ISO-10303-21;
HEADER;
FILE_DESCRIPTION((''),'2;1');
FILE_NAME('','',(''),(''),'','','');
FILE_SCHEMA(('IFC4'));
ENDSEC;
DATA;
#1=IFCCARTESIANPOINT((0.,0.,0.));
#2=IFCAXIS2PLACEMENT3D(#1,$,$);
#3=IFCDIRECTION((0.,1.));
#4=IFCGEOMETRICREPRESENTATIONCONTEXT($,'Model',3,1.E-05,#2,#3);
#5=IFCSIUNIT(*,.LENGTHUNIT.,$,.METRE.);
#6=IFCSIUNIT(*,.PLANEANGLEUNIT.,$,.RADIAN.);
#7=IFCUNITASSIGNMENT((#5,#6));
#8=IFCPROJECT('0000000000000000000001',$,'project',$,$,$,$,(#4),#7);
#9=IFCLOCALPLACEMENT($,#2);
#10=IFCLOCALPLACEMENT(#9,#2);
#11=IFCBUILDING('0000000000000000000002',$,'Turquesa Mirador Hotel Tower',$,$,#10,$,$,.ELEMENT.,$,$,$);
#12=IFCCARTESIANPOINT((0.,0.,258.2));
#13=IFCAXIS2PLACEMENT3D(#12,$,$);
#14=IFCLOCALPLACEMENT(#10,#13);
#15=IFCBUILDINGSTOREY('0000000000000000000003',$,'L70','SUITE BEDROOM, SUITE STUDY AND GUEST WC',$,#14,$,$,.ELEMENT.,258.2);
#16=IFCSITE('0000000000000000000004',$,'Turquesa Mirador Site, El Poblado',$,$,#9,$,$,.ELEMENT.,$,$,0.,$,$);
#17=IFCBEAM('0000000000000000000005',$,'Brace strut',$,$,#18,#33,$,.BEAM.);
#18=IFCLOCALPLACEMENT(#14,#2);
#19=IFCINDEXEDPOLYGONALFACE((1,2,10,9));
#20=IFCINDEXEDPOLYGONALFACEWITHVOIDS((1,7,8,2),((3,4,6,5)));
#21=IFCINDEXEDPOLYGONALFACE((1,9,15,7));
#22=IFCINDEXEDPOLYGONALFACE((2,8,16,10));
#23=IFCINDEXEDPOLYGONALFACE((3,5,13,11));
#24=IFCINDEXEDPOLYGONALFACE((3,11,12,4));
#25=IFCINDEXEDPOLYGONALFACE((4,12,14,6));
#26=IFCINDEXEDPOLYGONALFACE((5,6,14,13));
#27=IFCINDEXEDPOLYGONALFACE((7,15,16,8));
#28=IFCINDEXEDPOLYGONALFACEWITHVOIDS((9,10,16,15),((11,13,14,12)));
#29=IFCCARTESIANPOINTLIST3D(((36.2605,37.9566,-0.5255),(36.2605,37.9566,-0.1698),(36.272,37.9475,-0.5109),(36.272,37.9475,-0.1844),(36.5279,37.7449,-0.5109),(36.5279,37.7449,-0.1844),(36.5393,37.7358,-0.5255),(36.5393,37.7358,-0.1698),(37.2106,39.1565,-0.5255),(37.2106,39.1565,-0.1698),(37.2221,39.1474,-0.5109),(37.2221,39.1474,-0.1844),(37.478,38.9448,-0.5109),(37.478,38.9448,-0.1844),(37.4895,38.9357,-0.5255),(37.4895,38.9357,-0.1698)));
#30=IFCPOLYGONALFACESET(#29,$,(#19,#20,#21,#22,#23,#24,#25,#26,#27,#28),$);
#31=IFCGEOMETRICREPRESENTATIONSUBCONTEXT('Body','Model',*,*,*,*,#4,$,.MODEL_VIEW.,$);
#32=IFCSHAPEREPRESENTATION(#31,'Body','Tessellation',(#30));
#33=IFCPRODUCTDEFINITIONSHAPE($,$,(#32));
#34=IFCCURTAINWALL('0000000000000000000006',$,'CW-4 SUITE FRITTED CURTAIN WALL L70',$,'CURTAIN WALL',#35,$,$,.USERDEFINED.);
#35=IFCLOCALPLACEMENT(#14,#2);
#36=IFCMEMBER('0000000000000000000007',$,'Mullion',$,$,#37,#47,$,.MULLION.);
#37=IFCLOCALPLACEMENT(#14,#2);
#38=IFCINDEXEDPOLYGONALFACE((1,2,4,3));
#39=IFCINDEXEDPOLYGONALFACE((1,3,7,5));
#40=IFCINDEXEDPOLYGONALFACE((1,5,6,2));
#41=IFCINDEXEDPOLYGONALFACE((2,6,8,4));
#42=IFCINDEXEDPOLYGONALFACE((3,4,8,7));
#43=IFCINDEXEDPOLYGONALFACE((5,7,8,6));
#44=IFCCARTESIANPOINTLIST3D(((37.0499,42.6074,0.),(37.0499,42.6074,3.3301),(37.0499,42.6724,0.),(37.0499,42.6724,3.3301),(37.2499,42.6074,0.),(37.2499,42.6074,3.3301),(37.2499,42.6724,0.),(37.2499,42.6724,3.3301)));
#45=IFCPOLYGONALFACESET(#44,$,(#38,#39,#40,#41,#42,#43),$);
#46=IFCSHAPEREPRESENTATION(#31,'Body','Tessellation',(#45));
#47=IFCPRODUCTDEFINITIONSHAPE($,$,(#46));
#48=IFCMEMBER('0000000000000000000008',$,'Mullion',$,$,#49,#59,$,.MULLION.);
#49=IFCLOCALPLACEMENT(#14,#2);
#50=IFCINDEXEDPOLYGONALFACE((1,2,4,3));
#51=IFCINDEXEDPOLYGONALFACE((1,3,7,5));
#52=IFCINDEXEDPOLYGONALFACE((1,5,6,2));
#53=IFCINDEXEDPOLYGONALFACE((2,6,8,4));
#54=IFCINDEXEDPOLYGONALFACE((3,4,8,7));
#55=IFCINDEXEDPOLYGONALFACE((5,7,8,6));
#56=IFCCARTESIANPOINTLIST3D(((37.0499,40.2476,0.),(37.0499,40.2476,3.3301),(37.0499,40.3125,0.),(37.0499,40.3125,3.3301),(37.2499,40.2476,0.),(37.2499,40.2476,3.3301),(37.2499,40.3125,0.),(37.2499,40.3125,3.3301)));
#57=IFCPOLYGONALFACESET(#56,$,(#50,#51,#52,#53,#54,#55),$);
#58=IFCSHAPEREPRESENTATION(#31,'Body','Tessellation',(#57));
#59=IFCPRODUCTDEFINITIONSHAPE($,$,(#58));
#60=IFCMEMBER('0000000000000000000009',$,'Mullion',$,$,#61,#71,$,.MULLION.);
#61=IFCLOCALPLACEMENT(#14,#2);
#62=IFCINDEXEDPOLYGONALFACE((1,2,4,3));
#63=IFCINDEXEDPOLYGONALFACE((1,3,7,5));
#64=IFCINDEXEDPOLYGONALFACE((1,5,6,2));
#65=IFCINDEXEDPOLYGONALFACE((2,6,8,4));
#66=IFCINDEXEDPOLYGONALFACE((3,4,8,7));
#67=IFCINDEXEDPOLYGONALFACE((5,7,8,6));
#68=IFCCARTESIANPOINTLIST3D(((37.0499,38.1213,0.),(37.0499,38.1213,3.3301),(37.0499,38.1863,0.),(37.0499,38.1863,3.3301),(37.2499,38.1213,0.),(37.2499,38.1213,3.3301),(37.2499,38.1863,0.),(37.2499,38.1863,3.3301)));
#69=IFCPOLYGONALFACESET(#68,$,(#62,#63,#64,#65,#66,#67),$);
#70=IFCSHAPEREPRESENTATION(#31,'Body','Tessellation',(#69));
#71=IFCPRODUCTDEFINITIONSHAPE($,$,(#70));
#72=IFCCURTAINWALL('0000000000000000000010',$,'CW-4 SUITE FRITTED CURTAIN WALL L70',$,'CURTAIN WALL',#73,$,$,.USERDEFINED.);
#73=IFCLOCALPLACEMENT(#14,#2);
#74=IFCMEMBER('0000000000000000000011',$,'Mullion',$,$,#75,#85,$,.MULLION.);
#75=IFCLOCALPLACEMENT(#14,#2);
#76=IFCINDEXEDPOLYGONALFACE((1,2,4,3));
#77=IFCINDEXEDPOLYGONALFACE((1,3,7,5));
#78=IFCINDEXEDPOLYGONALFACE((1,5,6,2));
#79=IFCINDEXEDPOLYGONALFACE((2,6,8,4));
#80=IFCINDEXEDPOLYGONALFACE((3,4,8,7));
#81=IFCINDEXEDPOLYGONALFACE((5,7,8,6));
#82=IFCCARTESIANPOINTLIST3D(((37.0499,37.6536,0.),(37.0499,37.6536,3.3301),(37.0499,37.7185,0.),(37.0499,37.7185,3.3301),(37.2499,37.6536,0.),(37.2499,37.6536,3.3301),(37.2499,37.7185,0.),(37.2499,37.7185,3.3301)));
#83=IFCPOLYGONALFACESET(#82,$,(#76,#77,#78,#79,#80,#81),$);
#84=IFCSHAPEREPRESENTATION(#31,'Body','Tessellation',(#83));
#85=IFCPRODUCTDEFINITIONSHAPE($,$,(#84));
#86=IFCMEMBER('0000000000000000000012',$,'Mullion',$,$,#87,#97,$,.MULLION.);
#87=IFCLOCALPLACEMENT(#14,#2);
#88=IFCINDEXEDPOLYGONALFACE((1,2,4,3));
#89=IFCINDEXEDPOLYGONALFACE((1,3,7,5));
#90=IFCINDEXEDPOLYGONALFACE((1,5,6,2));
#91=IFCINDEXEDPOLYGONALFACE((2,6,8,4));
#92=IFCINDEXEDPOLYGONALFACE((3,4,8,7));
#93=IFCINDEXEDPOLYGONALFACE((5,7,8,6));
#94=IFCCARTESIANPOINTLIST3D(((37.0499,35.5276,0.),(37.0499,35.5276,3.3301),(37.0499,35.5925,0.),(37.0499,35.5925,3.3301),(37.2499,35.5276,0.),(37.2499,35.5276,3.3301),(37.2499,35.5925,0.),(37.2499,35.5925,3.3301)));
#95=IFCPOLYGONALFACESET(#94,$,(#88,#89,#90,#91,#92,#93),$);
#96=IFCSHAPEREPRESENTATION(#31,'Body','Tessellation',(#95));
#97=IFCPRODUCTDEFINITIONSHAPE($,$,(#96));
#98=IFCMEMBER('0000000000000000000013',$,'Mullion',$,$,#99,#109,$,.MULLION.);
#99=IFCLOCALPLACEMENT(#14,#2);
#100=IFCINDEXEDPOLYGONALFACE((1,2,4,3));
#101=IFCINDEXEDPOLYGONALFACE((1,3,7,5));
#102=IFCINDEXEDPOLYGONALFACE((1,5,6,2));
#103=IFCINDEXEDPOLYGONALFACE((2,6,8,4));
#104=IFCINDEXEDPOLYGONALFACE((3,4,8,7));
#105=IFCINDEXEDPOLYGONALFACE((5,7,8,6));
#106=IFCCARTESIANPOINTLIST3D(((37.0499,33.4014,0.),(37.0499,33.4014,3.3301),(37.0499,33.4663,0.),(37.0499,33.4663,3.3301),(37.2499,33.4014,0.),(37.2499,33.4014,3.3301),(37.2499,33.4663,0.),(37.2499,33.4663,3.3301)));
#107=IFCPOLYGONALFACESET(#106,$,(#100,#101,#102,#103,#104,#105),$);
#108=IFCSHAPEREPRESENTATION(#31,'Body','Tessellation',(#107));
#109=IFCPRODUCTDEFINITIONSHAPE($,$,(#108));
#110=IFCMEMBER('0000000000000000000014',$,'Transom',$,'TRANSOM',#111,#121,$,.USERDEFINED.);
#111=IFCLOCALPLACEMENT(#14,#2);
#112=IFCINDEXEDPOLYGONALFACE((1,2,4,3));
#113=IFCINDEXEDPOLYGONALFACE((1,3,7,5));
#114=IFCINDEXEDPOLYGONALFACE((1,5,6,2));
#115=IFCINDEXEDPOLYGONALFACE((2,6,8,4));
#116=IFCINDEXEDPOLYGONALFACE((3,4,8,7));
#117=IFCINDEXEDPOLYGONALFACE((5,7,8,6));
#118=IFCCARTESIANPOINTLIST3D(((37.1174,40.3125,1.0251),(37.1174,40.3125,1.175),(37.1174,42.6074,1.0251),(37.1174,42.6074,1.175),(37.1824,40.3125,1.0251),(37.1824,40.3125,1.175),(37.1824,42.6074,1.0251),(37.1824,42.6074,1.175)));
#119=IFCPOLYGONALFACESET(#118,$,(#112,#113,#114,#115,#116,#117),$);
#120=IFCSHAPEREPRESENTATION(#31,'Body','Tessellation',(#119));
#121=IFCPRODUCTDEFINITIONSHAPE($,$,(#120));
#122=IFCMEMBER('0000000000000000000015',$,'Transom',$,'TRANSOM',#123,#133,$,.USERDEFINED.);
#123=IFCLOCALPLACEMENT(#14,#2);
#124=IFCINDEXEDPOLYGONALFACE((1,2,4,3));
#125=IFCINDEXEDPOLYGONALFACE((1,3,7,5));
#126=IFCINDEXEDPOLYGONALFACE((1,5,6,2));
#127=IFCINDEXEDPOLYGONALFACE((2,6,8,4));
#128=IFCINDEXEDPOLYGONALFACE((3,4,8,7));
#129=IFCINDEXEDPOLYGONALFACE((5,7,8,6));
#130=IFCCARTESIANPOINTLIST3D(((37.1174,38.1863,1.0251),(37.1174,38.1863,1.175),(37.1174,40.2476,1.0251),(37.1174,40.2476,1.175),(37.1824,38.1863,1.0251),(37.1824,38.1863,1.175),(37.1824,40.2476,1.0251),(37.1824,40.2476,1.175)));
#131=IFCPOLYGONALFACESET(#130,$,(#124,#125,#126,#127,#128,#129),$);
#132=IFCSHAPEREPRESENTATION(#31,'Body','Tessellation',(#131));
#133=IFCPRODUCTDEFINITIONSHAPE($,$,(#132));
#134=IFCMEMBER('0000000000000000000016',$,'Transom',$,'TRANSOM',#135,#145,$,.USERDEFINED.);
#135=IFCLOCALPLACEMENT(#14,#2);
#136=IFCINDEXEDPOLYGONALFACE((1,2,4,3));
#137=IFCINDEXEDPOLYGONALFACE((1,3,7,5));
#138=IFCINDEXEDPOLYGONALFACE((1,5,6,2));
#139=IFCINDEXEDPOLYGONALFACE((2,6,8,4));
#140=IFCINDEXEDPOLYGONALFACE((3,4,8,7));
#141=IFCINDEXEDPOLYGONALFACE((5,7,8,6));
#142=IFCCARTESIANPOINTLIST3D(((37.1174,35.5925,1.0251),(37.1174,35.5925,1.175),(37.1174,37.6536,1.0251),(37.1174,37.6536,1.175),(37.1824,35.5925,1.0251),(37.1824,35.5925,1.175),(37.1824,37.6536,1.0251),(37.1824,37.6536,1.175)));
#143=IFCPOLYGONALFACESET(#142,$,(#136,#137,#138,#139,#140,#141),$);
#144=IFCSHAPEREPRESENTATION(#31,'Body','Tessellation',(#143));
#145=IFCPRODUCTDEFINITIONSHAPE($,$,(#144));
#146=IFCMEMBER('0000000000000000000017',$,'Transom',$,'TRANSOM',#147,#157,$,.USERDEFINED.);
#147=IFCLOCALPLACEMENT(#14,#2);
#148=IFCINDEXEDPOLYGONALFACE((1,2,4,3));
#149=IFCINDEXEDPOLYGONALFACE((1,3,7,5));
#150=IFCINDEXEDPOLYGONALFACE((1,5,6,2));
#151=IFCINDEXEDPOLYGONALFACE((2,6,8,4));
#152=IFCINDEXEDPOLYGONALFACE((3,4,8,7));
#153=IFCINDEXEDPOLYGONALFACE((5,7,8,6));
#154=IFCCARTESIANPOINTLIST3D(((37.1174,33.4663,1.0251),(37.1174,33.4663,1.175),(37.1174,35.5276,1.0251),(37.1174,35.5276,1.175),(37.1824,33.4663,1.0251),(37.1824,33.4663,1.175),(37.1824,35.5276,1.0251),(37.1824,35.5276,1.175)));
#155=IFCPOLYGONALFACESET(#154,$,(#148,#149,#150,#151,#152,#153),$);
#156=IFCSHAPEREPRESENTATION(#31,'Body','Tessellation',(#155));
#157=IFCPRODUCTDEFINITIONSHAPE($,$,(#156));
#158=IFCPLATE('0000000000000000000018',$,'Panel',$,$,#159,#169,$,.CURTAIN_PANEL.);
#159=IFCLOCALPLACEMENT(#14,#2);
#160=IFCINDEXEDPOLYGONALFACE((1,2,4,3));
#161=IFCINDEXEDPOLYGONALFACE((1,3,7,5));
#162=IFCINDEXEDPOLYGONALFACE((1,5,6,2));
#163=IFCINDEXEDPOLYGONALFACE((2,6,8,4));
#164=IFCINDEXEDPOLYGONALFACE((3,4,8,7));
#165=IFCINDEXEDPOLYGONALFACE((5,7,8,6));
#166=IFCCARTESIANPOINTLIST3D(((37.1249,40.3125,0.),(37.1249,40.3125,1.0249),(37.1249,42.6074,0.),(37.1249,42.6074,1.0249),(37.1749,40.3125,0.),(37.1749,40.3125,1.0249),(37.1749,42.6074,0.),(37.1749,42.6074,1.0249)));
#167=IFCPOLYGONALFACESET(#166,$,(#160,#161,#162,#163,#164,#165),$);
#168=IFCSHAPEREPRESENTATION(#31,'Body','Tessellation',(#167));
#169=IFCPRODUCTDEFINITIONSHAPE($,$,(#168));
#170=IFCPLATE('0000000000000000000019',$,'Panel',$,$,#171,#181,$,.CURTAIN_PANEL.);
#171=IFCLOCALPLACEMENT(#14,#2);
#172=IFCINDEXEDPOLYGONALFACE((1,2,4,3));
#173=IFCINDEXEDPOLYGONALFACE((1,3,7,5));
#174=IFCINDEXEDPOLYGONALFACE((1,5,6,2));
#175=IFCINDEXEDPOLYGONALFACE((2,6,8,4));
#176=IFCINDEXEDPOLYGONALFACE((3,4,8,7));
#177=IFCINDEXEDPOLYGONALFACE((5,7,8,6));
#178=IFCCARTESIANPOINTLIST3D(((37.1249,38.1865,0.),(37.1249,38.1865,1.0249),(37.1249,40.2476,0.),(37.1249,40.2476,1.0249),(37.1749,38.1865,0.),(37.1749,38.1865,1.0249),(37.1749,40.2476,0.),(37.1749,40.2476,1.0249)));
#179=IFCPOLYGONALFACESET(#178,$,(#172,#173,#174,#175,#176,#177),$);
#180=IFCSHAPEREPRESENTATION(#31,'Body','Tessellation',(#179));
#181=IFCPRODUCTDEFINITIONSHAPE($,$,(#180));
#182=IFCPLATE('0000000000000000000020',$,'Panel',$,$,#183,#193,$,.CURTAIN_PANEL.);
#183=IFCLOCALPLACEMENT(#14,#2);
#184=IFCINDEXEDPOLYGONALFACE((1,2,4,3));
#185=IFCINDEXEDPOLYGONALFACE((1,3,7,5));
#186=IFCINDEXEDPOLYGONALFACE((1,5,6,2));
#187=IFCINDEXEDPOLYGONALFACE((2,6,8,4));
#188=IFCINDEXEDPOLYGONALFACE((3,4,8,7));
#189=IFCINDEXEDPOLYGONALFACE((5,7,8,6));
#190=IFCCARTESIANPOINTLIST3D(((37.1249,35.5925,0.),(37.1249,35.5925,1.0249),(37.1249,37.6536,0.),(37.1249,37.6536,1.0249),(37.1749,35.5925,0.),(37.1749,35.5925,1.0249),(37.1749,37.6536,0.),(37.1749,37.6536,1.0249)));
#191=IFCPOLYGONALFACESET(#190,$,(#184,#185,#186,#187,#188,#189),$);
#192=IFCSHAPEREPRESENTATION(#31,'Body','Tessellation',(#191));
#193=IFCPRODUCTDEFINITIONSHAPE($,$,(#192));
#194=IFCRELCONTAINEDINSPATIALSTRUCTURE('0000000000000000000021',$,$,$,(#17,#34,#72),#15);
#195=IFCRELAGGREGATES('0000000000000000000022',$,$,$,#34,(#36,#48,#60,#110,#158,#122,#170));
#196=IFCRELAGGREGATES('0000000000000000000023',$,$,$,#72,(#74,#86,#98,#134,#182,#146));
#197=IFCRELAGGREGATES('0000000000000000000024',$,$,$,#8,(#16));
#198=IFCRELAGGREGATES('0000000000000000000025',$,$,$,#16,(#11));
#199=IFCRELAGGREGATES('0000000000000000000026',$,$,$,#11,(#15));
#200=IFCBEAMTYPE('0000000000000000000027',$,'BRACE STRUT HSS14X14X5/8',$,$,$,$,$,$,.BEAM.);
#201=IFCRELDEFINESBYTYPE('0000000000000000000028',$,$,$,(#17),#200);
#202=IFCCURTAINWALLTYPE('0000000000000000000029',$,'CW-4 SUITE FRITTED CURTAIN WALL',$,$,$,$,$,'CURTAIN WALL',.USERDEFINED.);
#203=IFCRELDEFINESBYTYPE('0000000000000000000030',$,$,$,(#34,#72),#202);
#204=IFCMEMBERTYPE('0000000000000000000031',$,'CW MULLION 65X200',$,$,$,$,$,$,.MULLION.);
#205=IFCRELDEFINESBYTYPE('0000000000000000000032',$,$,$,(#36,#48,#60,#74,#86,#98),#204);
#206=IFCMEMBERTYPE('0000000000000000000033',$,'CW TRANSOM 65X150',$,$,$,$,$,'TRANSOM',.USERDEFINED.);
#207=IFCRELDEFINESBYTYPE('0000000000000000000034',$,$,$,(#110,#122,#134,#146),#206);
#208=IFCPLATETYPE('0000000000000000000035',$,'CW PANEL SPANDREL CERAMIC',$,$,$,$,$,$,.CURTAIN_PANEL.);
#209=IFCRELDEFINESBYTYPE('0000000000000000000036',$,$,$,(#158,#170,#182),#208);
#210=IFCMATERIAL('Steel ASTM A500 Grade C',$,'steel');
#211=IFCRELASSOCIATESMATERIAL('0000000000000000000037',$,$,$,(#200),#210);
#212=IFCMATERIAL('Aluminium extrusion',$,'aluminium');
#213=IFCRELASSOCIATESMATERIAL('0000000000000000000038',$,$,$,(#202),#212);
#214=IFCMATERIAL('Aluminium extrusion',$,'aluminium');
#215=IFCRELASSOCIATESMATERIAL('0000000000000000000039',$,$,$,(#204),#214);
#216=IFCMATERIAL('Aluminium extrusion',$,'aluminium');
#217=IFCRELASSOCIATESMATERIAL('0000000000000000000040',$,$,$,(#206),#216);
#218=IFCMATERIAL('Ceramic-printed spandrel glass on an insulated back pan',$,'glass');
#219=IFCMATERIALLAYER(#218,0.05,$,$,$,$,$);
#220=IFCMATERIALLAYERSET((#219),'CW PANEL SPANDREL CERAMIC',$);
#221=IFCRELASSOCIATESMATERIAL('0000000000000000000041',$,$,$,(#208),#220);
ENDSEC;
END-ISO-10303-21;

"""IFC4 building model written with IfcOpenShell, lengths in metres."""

from ifc_helpers import new_model, si_unit, direction, frame, origin, origin_2d, place, context, subcontext, project, spatial, rectangle, hollow_rectangle, extrude, material, layer, layer_set, material_profile, profile_set, type_object, element, aggregate, save


model = new_model("IFC4")

# Units and contexts
model_context = context("Model", 3, precision=1e-05, world=origin(), true_north=direction((0.0, 1.0)))
body_context = subcontext(model_context, "Body", "Model", "MODEL_VIEW")
ifc_project = project(units=[si_unit("LENGTHUNIT", "METRE"), si_unit("PLANEANGLEUNIT", "RADIAN")], contexts=[model_context])

# Site, building, storey
site_placement = place(None, origin())
site = spatial("IfcSite", under=ifc_project, at=site_placement, Name="Turquesa Mirador Site, El Poblado", CompositionType="ELEMENT", RefElevation=0.0)
building_placement = place(site_placement, origin())
building = spatial("IfcBuilding", under=site, at=building_placement, Name="Turquesa Mirador Hotel Tower", CompositionType="ELEMENT")
storey_placement = place(building_placement, frame((0.0, 0.0, 258.2)))
storey = spatial("IfcBuildingStorey", under=building, at=storey_placement, Name="L70", Description="SUITE BEDROOM, SUITE STUDY AND GUEST WC", CompositionType="ELEMENT", Elevation=258.2)

# Beam
ifc_material_1 = material(Name="Steel ASTM A500 Grade C", Category="steel")
ifc_material_profile_1 = material_profile(ifc_material_1, hollow_rectangle(XDim=0.3557, YDim=0.3557, WallThickness=0.0146, at=origin_2d()), Name="HSS14X14X5/8")
ifc_profile_set_1 = profile_set([ifc_material_profile_1], Name="Steel ASTM A500 Grade C")
beam_type_1 = type_object("IfcBeamType", Name="BRACE STRUT HSS14X14X5/8", PredefinedType="BEAM", material=ifc_profile_set_1)
for number, where, z_axis, x_axis, name in (
    (1, (36.3999, 37.8462, -0.3477), (0.620797, 0.783971, 0.0), (-0.783971, 0.620797, 0.0), "Brace strut"),
):
    element("IfcBeam", number, at=place(storey_placement, frame(where, z_axis=z_axis, x_axis=x_axis)), inside=storey, type_object=beam_type_1, Name=name, PredefinedType="BEAM", context=body_context, shape_type="SweptSolid", body=[
        extrude(hollow_rectangle(XDim=0.3557, YDim=0.3557, WallThickness=0.0146, at=origin_2d()), origin(), (0.0, 0.0, 1.0), 1.5305),
    ])

# Curtain walls, members
ifc_material_2 = material(Name="Aluminium extrusion", Category="aluminium")
curtain_wall_type = type_object("IfcCurtainWallType", Name="CW-4 SUITE FRITTED CURTAIN WALL", ElementType="CURTAIN WALL", PredefinedType="USERDEFINED", material=ifc_material_2)
curtain_wall_1_placement = place(storey_placement, origin())
curtain_wall_1 = element("IfcCurtainWall", 2, at=curtain_wall_1_placement, inside=storey, type_object=curtain_wall_type, Name="CW-4 SUITE FRITTED CURTAIN WALL L70", ObjectType="CURTAIN WALL", PredefinedType="USERDEFINED")
ifc_material_3 = material(Name="Aluminium extrusion", Category="aluminium")
ifc_material_profile_2 = material_profile(ifc_material_3, rectangle(XDim=0.0649, YDim=0.2, at=origin_2d()), Name="MULLION 65X200")
ifc_profile_set_2 = profile_set([ifc_material_profile_2], Name="Aluminium extrusion")
member_type_1 = type_object("IfcMemberType", Name="CW MULLION 65X200", PredefinedType="MULLION", material=ifc_profile_set_2)
member_1_placement = place(storey_placement, frame((37.1499, 42.6399, 0.0), z_axis=(0.0, 0.0, 1.0), x_axis=(0.0, -1.0, 0.0)))
member_1 = element("IfcMember", 3, at=member_1_placement, type_object=member_type_1, Name="Mullion", PredefinedType="MULLION", context=body_context, shape_type="SweptSolid", body=[
    extrude(rectangle(XDim=0.0649, YDim=0.2, at=origin_2d()), origin(), (0.0, 0.0, 1.0), 3.3301),
])
member_2_placement = place(storey_placement, frame((37.1499, 40.28, 0.0), z_axis=(0.0, 0.0, 1.0), x_axis=(0.0, -1.0, 0.0)))
member_2 = element("IfcMember", 4, at=member_2_placement, type_object=member_type_1, Name="Mullion", PredefinedType="MULLION", context=body_context, shape_type="SweptSolid", body=[
    extrude(rectangle(XDim=0.0649, YDim=0.2, at=origin_2d()), origin(), (0.0, 0.0, 1.0), 3.3301),
])
member_3_placement = place(storey_placement, frame((37.1499, 38.1538, 0.0), z_axis=(0.0, 0.0, 1.0), x_axis=(0.0, -1.0, 0.0)))
member_3 = element("IfcMember", 5, at=member_3_placement, type_object=member_type_1, Name="Mullion", PredefinedType="MULLION", context=body_context, shape_type="SweptSolid", body=[
    extrude(rectangle(XDim=0.0649, YDim=0.2, at=origin_2d()), origin(), (0.0, 0.0, 1.0), 3.3301),
])
curtain_wall_2_placement = place(storey_placement, origin())
curtain_wall_2 = element("IfcCurtainWall", 6, at=curtain_wall_2_placement, inside=storey, type_object=curtain_wall_type, Name="CW-4 SUITE FRITTED CURTAIN WALL L70", ObjectType="CURTAIN WALL", PredefinedType="USERDEFINED")
member_4_placement = place(storey_placement, frame((37.1499, 37.686, 0.0), z_axis=(0.0, 0.0, 1.0), x_axis=(0.0, -1.0, 0.0)))
member_4 = element("IfcMember", 7, at=member_4_placement, type_object=member_type_1, Name="Mullion", PredefinedType="MULLION", context=body_context, shape_type="SweptSolid", body=[
    extrude(rectangle(XDim=0.0649, YDim=0.2, at=origin_2d()), origin(), (0.0, 0.0, 1.0), 3.3301),
])
member_5_placement = place(storey_placement, frame((37.1499, 35.5601, 0.0), z_axis=(0.0, 0.0, 1.0), x_axis=(0.0, -1.0, 0.0)))
member_5 = element("IfcMember", 8, at=member_5_placement, type_object=member_type_1, Name="Mullion", PredefinedType="MULLION", context=body_context, shape_type="SweptSolid", body=[
    extrude(rectangle(XDim=0.0649, YDim=0.2, at=origin_2d()), origin(), (0.0, 0.0, 1.0), 3.3301),
])
member_6_placement = place(storey_placement, frame((37.1499, 33.4338, 0.0), z_axis=(0.0, 0.0, 1.0), x_axis=(0.0, -1.0, 0.0)))
member_6 = element("IfcMember", 9, at=member_6_placement, type_object=member_type_1, Name="Mullion", PredefinedType="MULLION", context=body_context, shape_type="SweptSolid", body=[
    extrude(rectangle(XDim=0.0649, YDim=0.2, at=origin_2d()), origin(), (0.0, 0.0, 1.0), 3.3301),
])

# Members
ifc_material_4 = material(Name="Aluminium extrusion", Category="aluminium")
ifc_material_profile_3 = material_profile(ifc_material_4, rectangle(XDim=0.0649, YDim=0.1499, at=origin_2d()), Name="TRANSOM 65X150")
ifc_profile_set_3 = profile_set([ifc_material_profile_3], Name="Aluminium extrusion")
member_type_2 = type_object("IfcMemberType", Name="CW TRANSOM 65X150", ElementType="TRANSOM", PredefinedType="USERDEFINED", material=ifc_profile_set_3)
member_7_placement = place(storey_placement, frame((37.1499, 42.6074, 1.1001), z_axis=(0.0, -1.0, 0.0), x_axis=(1.0, 0.0, 0.0)))
member_7 = element("IfcMember", 10, at=member_7_placement, type_object=member_type_2, Name="Transom", ObjectType="TRANSOM", PredefinedType="USERDEFINED", context=body_context, shape_type="SweptSolid", body=[
    extrude(rectangle(XDim=0.0649, YDim=0.1499, at=origin_2d()), origin(), (0.0, 0.0, 1.0), 2.2949),
])
member_8_placement = place(storey_placement, frame((37.1499, 40.2476, 1.1001), z_axis=(0.0, -1.0, 0.0), x_axis=(1.0, 0.0, 0.0)))
member_8 = element("IfcMember", 11, at=member_8_placement, type_object=member_type_2, Name="Transom", ObjectType="TRANSOM", PredefinedType="USERDEFINED", context=body_context, shape_type="SweptSolid", body=[
    extrude(rectangle(XDim=0.0649, YDim=0.1499, at=origin_2d()), origin(), (0.0, 0.0, 1.0), 2.0613),
])
member_9_placement = place(storey_placement, frame((37.1499, 37.6536, 1.1001), z_axis=(0.0, -1.0, 0.0), x_axis=(1.0, 0.0, 0.0)))
member_9 = element("IfcMember", 12, at=member_9_placement, type_object=member_type_2, Name="Transom", ObjectType="TRANSOM", PredefinedType="USERDEFINED", context=body_context, shape_type="SweptSolid", body=[
    extrude(rectangle(XDim=0.0649, YDim=0.1499, at=origin_2d()), origin(), (0.0, 0.0, 1.0), 2.061),
])
member_10_placement = place(storey_placement, frame((37.1499, 35.5276, 1.1001), z_axis=(0.0, -1.0, 0.0), x_axis=(1.0, 0.0, 0.0)))
member_10 = element("IfcMember", 13, at=member_10_placement, type_object=member_type_2, Name="Transom", ObjectType="TRANSOM", PredefinedType="USERDEFINED", context=body_context, shape_type="SweptSolid", body=[
    extrude(rectangle(XDim=0.0649, YDim=0.1499, at=origin_2d()), origin(), (0.0, 0.0, 1.0), 2.0613),
])

# Plates
ifc_material_5 = material(Name="Ceramic-printed spandrel glass on an insulated back pan", Category="glass")
ifc_layer_1 = layer(ifc_material_5, 0.05)
ifc_layer_set_1 = layer_set([ifc_layer_1], Name="CW PANEL SPANDREL CERAMIC")
plate_type_1 = type_object("IfcPlateType", Name="CW PANEL SPANDREL CERAMIC", PredefinedType="CURTAIN_PANEL", material=ifc_layer_set_1)
plate_1_placement = place(storey_placement, frame((37.1499, 41.46, 0.0), z_axis=(0.0, 0.0, 1.0), x_axis=(0.0, -1.0, 0.0)))
plate_1 = element("IfcPlate", 14, at=plate_1_placement, type_object=plate_type_1, Name="Panel", PredefinedType="CURTAIN_PANEL", context=body_context, shape_type="SweptSolid", body=[
    extrude(rectangle(XDim=2.2949, YDim=0.05, at=origin_2d()), origin(), (0.0, 0.0, 1.0), 1.0249),
])
plate_2_placement = place(storey_placement, frame((37.1499, 39.217, 0.0), z_axis=(0.0, 0.0, 1.0), x_axis=(0.0, -1.0, 0.0)))
plate_2 = element("IfcPlate", 15, at=plate_2_placement, type_object=plate_type_1, Name="Panel", PredefinedType="CURTAIN_PANEL", context=body_context, shape_type="SweptSolid", body=[
    extrude(rectangle(XDim=2.061, YDim=0.05, at=origin_2d()), origin(), (0.0, 0.0, 1.0), 1.0249),
])
plate_3_placement = place(storey_placement, frame((37.1499, 36.623, 0.0), z_axis=(0.0, 0.0, 1.0), x_axis=(0.0, -1.0, 0.0)))
plate_3 = element("IfcPlate", 16, at=plate_3_placement, type_object=plate_type_1, Name="Panel", PredefinedType="CURTAIN_PANEL", context=body_context, shape_type="SweptSolid", body=[
    extrude(rectangle(XDim=2.061, YDim=0.05, at=origin_2d()), origin(), (0.0, 0.0, 1.0), 1.0249),
])
aggregate(curtain_wall_1, [member_1, member_2, member_3, member_7, plate_1, member_8, plate_2])
aggregate(curtain_wall_2, [member_4, member_5, member_6, member_9, plate_3, member_10])

save(model, "model.ifc")
